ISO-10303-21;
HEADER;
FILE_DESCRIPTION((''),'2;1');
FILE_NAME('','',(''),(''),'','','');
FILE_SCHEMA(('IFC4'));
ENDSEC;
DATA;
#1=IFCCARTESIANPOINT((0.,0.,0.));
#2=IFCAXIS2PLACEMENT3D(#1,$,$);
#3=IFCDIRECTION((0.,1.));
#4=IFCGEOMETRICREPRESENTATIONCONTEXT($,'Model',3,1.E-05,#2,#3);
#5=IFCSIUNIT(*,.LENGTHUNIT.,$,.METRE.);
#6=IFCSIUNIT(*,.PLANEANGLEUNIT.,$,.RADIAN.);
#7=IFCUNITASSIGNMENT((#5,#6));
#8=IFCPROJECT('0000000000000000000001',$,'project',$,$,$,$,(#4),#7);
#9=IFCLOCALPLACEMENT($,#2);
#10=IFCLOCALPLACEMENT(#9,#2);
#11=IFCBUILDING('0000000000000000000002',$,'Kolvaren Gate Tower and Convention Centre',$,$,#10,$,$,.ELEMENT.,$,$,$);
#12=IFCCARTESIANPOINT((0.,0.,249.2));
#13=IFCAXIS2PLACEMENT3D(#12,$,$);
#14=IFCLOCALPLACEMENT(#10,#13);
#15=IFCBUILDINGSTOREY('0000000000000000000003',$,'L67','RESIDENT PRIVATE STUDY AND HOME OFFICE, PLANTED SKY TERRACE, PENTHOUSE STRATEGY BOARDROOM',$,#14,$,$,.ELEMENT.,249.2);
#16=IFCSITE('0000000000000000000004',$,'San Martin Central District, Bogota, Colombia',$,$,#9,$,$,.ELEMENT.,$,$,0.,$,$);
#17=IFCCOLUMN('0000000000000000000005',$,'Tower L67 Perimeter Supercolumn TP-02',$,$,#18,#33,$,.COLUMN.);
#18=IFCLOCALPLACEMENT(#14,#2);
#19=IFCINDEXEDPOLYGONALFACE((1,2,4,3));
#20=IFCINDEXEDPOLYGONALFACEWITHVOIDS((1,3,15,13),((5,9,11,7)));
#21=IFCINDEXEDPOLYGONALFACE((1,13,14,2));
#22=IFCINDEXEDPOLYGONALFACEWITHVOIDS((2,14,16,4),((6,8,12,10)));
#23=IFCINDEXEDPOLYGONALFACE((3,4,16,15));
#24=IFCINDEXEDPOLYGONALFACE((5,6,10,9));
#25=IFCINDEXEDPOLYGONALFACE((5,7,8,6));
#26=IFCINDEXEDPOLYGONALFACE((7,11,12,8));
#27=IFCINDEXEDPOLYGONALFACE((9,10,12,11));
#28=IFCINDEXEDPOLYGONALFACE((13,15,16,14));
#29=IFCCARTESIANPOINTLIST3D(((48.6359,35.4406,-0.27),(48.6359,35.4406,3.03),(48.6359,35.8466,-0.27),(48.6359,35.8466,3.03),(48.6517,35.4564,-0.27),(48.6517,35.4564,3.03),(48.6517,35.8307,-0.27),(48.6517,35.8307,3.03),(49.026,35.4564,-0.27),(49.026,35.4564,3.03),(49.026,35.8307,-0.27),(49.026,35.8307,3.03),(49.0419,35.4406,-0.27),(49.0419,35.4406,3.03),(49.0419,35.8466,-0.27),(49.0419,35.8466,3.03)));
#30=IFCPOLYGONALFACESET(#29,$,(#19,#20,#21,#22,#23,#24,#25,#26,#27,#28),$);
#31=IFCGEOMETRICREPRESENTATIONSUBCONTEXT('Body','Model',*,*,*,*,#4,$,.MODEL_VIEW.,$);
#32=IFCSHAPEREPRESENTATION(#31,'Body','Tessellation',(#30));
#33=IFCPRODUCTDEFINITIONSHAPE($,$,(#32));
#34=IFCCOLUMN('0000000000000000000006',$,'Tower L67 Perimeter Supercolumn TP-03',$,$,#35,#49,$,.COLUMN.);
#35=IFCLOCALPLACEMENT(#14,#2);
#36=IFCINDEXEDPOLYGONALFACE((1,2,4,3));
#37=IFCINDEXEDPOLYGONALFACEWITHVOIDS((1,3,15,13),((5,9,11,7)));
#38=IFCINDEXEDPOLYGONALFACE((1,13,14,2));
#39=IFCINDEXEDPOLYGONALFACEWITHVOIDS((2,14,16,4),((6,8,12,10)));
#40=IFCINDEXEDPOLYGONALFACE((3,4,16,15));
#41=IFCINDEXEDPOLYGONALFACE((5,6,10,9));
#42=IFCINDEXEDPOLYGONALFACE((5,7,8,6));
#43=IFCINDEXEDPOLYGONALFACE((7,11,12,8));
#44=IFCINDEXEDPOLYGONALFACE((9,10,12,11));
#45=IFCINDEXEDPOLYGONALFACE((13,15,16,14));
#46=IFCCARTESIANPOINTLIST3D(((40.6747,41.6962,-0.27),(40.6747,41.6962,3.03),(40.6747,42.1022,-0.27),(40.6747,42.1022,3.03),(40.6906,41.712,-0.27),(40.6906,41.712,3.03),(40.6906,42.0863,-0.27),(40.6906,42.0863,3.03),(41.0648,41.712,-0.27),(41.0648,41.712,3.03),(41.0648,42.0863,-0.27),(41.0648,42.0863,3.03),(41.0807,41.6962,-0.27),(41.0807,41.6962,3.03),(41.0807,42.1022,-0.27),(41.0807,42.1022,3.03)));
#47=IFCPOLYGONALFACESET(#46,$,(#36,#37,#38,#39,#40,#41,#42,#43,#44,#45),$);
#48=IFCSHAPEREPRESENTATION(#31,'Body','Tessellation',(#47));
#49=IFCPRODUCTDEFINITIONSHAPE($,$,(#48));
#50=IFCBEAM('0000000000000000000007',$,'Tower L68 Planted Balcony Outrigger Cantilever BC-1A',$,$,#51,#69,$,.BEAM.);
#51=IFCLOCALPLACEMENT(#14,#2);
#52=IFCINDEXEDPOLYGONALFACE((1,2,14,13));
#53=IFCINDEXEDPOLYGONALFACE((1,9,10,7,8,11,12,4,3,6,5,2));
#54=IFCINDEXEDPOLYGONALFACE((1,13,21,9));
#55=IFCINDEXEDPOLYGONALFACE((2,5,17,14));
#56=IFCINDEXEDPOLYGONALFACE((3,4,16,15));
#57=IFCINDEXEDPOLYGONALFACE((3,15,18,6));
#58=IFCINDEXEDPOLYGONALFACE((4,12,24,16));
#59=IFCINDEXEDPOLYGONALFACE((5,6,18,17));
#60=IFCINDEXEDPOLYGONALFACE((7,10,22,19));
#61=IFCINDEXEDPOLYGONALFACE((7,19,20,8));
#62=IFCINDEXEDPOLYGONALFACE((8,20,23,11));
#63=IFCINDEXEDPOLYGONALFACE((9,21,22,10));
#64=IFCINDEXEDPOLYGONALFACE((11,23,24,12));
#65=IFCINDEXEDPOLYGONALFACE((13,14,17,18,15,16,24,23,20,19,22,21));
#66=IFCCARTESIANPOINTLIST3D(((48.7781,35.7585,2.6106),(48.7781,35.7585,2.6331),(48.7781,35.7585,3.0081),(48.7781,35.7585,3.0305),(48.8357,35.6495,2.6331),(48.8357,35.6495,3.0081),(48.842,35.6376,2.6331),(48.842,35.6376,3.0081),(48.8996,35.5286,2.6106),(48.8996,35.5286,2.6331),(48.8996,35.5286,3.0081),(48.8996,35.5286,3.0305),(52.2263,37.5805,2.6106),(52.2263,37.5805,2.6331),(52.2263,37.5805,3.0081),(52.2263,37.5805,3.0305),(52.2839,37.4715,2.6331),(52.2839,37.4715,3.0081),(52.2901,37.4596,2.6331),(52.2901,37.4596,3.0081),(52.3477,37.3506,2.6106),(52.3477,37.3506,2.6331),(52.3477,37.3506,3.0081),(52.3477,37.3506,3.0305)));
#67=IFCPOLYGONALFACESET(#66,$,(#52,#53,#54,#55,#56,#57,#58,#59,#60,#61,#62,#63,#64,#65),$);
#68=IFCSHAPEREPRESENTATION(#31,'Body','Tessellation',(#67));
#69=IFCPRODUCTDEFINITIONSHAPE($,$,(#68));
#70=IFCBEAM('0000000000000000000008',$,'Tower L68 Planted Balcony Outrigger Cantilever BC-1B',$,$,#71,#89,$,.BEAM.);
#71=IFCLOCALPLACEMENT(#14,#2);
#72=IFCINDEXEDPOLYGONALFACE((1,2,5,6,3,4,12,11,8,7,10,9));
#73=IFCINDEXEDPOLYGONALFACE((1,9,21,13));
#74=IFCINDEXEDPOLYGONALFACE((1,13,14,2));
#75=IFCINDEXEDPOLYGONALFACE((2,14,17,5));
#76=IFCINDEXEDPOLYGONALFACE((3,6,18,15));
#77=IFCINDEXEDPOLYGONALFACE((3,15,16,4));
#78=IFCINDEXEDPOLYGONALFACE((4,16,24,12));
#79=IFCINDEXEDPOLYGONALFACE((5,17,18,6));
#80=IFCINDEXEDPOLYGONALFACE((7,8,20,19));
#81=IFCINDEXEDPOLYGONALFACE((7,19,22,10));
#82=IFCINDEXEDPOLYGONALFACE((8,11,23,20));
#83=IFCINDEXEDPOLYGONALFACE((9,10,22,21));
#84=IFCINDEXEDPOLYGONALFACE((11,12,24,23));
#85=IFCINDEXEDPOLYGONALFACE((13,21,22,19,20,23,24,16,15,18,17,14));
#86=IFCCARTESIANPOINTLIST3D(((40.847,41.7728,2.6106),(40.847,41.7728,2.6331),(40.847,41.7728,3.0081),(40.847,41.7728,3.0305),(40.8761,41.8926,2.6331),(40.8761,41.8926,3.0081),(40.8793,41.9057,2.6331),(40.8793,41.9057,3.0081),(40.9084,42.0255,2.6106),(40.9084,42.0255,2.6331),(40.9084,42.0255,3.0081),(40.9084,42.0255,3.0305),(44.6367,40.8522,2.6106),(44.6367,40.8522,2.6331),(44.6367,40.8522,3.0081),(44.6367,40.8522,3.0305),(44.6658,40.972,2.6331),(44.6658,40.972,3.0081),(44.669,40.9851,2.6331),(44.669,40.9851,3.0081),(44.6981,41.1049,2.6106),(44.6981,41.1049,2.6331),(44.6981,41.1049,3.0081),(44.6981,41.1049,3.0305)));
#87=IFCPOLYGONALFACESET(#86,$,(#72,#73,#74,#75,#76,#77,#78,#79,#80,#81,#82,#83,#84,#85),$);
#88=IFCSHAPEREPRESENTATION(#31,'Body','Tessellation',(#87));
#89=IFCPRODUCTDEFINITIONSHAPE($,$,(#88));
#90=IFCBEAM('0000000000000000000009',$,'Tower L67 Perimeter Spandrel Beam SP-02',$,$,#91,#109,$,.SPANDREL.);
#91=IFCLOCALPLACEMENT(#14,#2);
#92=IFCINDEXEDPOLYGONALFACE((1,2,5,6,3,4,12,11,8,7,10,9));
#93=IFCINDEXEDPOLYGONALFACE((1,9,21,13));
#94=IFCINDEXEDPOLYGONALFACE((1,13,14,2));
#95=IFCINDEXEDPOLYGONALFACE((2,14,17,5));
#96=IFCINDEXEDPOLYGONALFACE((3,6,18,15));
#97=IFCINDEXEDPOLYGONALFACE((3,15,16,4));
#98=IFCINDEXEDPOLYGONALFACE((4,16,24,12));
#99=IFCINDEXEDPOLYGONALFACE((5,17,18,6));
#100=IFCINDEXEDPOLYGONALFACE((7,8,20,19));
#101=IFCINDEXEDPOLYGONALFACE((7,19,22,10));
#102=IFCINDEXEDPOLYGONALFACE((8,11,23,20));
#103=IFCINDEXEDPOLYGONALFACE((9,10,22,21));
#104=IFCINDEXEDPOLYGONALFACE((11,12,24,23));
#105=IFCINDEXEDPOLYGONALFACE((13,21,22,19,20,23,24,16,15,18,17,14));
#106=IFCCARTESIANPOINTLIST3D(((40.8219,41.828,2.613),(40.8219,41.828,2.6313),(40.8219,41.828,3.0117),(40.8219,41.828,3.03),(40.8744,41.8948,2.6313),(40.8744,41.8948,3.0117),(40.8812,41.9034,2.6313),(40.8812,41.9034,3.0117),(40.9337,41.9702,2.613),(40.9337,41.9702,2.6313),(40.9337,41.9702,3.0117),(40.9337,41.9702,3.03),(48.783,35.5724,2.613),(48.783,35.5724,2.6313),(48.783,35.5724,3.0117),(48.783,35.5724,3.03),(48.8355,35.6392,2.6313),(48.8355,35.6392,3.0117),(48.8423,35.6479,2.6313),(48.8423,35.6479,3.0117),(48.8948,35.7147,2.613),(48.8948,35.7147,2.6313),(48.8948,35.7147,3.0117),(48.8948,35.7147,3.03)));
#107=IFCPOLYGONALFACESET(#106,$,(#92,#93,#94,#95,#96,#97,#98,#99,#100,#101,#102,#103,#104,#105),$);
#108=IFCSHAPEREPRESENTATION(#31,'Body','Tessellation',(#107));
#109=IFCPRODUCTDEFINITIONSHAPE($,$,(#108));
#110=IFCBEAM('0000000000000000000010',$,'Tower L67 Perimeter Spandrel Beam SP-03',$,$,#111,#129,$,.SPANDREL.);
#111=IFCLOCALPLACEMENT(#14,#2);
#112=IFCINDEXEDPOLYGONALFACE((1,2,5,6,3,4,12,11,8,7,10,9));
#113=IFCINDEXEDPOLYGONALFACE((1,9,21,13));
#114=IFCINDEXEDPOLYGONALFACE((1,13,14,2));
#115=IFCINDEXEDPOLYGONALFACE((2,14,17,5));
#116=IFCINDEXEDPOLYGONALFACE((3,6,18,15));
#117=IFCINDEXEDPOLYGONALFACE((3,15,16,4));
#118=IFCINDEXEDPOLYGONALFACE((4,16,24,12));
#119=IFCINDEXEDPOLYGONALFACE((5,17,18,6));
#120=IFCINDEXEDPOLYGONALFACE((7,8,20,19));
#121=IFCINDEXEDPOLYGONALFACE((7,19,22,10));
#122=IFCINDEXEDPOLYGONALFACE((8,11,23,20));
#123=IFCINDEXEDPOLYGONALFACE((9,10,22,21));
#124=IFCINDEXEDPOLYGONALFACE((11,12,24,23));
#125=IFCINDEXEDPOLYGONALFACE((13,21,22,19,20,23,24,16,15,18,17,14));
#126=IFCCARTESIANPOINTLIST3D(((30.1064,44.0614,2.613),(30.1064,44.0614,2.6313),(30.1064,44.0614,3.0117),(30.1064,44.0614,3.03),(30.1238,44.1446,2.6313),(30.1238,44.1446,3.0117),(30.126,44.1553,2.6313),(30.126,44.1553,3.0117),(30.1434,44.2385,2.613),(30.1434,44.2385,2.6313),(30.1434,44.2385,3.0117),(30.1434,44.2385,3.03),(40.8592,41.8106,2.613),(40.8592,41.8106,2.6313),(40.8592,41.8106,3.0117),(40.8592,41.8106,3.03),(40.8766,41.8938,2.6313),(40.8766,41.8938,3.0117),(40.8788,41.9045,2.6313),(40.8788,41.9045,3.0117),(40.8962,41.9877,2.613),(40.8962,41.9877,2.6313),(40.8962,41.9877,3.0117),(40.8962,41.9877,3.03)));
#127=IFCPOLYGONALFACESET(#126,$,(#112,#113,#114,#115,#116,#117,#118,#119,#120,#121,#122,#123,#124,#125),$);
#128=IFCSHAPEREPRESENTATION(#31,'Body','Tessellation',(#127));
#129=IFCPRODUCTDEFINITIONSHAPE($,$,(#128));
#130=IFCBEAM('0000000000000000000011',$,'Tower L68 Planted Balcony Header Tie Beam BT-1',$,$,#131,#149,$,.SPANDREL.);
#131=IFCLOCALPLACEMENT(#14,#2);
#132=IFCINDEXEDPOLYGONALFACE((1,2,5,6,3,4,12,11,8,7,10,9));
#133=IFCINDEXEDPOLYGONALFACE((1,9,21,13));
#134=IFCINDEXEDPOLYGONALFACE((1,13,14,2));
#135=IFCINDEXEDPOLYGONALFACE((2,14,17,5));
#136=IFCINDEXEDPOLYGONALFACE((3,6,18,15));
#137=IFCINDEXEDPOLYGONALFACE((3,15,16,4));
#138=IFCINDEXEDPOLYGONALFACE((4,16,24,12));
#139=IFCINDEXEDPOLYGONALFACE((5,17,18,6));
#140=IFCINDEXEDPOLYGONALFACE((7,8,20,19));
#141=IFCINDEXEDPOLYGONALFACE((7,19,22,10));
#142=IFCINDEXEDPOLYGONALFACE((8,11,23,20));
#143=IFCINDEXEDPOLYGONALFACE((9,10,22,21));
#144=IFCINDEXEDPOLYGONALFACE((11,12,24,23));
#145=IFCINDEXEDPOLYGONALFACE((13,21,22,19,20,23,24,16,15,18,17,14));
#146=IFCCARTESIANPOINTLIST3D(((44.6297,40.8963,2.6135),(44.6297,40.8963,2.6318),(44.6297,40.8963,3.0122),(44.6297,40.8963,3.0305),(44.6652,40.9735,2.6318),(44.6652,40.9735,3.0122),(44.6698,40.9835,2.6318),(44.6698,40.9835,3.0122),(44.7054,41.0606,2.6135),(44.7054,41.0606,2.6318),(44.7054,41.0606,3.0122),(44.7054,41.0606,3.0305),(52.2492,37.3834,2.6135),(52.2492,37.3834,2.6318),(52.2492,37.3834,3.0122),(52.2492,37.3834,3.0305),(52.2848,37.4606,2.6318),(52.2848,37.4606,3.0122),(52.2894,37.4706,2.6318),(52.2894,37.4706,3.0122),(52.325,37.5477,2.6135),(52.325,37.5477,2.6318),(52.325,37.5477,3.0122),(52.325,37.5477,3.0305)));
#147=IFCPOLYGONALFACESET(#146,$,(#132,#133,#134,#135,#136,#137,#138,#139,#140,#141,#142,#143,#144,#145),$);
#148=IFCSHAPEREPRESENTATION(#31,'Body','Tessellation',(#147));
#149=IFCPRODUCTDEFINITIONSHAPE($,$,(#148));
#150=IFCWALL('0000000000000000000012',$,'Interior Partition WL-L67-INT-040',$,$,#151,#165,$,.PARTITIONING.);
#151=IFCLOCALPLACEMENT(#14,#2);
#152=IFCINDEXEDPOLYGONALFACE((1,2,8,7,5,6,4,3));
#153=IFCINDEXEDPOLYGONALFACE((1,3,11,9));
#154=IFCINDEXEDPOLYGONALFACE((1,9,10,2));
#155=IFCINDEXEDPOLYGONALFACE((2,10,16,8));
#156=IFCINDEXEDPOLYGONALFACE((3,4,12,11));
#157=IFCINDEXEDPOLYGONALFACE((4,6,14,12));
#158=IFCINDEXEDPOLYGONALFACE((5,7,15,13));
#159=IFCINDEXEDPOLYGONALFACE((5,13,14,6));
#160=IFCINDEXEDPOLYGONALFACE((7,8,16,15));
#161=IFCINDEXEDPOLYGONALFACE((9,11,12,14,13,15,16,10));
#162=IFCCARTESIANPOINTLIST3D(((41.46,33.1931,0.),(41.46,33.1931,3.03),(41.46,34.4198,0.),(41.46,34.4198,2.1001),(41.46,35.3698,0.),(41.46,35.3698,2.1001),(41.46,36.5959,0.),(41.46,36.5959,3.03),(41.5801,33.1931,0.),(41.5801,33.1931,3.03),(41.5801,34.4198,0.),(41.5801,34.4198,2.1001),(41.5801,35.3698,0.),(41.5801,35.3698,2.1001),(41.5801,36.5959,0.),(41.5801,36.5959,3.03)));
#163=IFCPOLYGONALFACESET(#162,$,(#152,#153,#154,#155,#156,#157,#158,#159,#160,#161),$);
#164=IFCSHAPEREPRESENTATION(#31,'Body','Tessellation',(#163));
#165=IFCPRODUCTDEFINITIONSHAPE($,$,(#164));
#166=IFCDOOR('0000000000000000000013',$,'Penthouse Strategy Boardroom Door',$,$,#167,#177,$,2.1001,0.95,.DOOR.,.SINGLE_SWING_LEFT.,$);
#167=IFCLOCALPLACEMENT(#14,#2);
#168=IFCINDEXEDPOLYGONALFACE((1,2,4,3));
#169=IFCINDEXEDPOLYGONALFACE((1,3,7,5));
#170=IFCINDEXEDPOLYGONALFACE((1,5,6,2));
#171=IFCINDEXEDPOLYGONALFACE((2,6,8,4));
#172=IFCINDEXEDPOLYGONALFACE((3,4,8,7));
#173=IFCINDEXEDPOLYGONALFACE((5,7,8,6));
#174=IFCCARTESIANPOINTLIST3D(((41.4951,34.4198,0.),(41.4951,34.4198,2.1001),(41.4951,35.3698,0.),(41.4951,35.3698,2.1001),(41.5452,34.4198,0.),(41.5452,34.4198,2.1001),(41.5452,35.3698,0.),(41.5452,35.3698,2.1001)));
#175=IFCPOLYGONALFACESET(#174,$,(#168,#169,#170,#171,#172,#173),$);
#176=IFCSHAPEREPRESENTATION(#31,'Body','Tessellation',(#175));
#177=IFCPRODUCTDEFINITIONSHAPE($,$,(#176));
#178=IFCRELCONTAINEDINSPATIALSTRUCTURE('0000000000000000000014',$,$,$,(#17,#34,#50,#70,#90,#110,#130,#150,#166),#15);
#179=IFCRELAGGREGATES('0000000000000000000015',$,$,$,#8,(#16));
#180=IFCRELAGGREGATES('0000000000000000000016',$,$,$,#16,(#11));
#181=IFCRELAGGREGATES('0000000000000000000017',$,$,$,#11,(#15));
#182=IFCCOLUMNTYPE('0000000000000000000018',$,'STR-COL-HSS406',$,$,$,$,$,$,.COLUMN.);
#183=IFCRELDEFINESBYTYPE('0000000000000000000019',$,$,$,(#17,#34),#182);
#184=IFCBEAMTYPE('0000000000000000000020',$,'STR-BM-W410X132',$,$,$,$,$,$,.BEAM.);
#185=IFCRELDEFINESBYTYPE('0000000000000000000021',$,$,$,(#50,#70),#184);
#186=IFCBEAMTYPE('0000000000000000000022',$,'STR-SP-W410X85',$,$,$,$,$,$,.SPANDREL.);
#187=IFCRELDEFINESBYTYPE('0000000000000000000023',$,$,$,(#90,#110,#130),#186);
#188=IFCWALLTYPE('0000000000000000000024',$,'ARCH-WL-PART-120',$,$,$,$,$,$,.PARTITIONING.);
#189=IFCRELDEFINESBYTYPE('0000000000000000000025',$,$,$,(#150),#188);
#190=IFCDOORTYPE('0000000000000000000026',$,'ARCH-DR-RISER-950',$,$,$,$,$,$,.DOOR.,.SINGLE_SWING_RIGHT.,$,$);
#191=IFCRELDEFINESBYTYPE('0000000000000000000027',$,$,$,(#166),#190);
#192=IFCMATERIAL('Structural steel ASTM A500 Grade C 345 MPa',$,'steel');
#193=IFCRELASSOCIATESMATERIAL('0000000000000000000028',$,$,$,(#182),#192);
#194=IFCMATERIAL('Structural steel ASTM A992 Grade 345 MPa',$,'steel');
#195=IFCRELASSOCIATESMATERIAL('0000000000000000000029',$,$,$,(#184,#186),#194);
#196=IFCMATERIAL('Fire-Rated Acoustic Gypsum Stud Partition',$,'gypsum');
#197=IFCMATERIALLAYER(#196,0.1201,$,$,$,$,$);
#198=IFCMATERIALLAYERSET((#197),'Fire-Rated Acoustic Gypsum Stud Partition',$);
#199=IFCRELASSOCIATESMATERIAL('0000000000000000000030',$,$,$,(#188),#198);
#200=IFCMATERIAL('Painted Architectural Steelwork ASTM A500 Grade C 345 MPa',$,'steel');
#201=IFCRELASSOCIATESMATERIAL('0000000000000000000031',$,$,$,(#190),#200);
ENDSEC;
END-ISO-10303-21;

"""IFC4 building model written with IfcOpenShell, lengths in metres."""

from ifc_helpers import new_model, si_unit, direction, frame, frame_2d, origin, origin_2d, place, context, subcontext, project, spatial, rectangle, hollow_rectangle, i_section, extrude, material, layer, layer_set, material_profile, profile_set, type_object, element, fill, save


model = new_model("IFC4")

# Units and contexts
model_context = context("Model", 3, precision=1e-05, world=origin(), true_north=direction((0.0, 1.0)))
body_context = subcontext(model_context, "Body", "Model", "MODEL_VIEW")
ifc_project = project(units=[si_unit("LENGTHUNIT", "METRE"), si_unit("PLANEANGLEUNIT", "RADIAN")], contexts=[model_context])

# Site, building, storey
site_placement = place(None, origin())
site = spatial("IfcSite", under=ifc_project, at=site_placement, Name="San Martin Central District, Bogota, Colombia", CompositionType="ELEMENT", RefElevation=0.0)
building_placement = place(site_placement, origin())
building = spatial("IfcBuilding", under=site, at=building_placement, Name="Kolvaren Gate Tower and Convention Centre", CompositionType="ELEMENT")
storey_placement = place(building_placement, frame((0.0, 0.0, 249.2)))
storey = spatial("IfcBuildingStorey", under=building, at=storey_placement, Name="L67", Description="RESIDENT PRIVATE STUDY AND HOME OFFICE, PLANTED SKY TERRACE, PENTHOUSE STRATEGY BOARDROOM", CompositionType="ELEMENT", Elevation=249.2)

# Columns
ifc_material_1 = material(Name="Structural steel ASTM A500 Grade C 345 MPa", Category="steel")
ifc_material_profile_1 = material_profile(ifc_material_1, hollow_rectangle(XDim=0.406, YDim=0.406, WallThickness=0.0159, at=origin_2d()), Name="HSS406X406X15.9")
ifc_profile_set_1 = profile_set([ifc_material_profile_1], Name="Structural steel ASTM A500 Grade C 345 MPa")
column_type = type_object("IfcColumnType", Name="STR-COL-HSS406", PredefinedType="COLUMN", material=ifc_profile_set_1)
for number, where, z_axis, x_axis, name in (
    (1, (48.8389, 35.6436, -0.27), (0.0, 0.0, 1.0), (1.0, 0.0, 0.0), "Tower L67 Perimeter Supercolumn TP-02"),
    (2, (40.8777, 41.8992, -0.27), (0.0, 0.0, 1.0), (1.0, 0.0, 0.0), "Tower L67 Perimeter Supercolumn TP-03"),
):
    element("IfcColumn", number, at=place(storey_placement, frame(where, z_axis=z_axis, x_axis=x_axis)), inside=storey, type_object=column_type, Name=name, PredefinedType="COLUMN", context=body_context, shape_type="SweptSolid", body=[
        extrude(hollow_rectangle(XDim=0.406, YDim=0.406, WallThickness=0.0159, at=origin_2d()), origin(), (0.0, 0.0, 1.0), 3.3),
    ])

# Beams
ifc_material_2 = material(Name="Structural steel ASTM A992 Grade 345 MPa", Category="steel")
ifc_material_profile_2 = material_profile(ifc_material_2, i_section(OverallWidth=0.26, OverallDepth=0.4199, WebThickness=0.0134, FlangeThickness=0.0225, at=origin_2d()), Name="W410X132")
ifc_profile_set_2 = profile_set([ifc_material_profile_2], Name="Structural steel ASTM A992 Grade 345 MPa")
beam_type_1 = type_object("IfcBeamType", Name="STR-BM-W410X132", PredefinedType="BEAM", material=ifc_profile_set_2)
for number, where, z_axis, x_axis, name in (
    (3, (48.8389, 35.6436, 2.8206), (0.884161, 0.467183, 0.0), (-0.467183, 0.884161, 0.0), "Tower L68 Planted Balcony Outrigger Cantilever BC-1A"),
    (4, (40.8777, 41.8992, 2.8206), (0.971737, -0.236064, 0.0), (0.236064, 0.971737, 0.0), "Tower L68 Planted Balcony Outrigger Cantilever BC-1B"),
):
    element("IfcBeam", number, at=place(storey_placement, frame(where, z_axis=z_axis, x_axis=x_axis)), inside=storey, type_object=beam_type_1, Name=name, PredefinedType="BEAM", context=body_context, shape_type="SweptSolid", body=[
        extrude(i_section(OverallWidth=0.26, OverallDepth=0.4199, WebThickness=0.0134, FlangeThickness=0.0225, at=origin_2d()), origin(), (0.0, 0.0, 1.0), 3.8999),
    ])
ifc_material_profile_3 = material_profile(ifc_material_2, i_section(OverallWidth=0.1809, OverallDepth=0.417, WebThickness=0.011, FlangeThickness=0.0183, at=origin_2d()), Name="W410X85")
ifc_profile_set_3 = profile_set([ifc_material_profile_3], Name="Structural steel ASTM A992 Grade 345 MPa")
beam_type_2 = type_object("IfcBeamType", Name="STR-SP-W410X85", PredefinedType="SPANDREL", material=ifc_profile_set_3)
beam_1_placement = place(storey_placement, frame((48.8389, 35.6436, 2.8215), z_axis=(-0.786299, 0.617846, 0.0), x_axis=(-0.617846, -0.786299, 0.0)))
element("IfcBeam", 5, at=beam_1_placement, inside=storey, type_object=beam_type_2, Name="Tower L67 Perimeter Spandrel Beam SP-02", PredefinedType="SPANDREL", context=body_context, shape_type="SweptSolid", body=[
    extrude(i_section(OverallWidth=0.1809, OverallDepth=0.417, WebThickness=0.011, FlangeThickness=0.0183, at=origin_2d()), origin(), (0.0, 0.0, 1.0), 10.1248),
])
beam_2_placement = place(storey_placement, frame((40.8777, 41.8992, 2.8215), z_axis=(-0.978788, 0.204878, 0.0), x_axis=(-0.204878, -0.978788, 0.0)))
element("IfcBeam", 6, at=beam_2_placement, inside=storey, type_object=beam_type_2, Name="Tower L67 Perimeter Spandrel Beam SP-03", PredefinedType="SPANDREL", context=body_context, shape_type="SweptSolid", body=[
    extrude(i_section(OverallWidth=0.1809, OverallDepth=0.417, WebThickness=0.011, FlangeThickness=0.0183, at=origin_2d()), origin(), (0.0, 0.0, 1.0), 10.9858),
])
beam_3_placement = place(storey_placement, frame((52.2871, 37.4656, 2.822), z_axis=(-0.908132, 0.418684, 0.0), x_axis=(-0.418684, -0.908132, 0.0)))
element("IfcBeam", 7, at=beam_3_placement, inside=storey, type_object=beam_type_2, Name="Tower L68 Planted Balcony Header Tie Beam BT-1", PredefinedType="SPANDREL", context=body_context, shape_type="SweptSolid", body=[
    extrude(i_section(OverallWidth=0.1809, OverallDepth=0.417, WebThickness=0.011, FlangeThickness=0.0183, at=origin_2d()), origin(), (0.0, 0.0, 1.0), 8.3904),
])

# Wall, opening, door
ifc_material_3 = material(Name="Fire-Rated Acoustic Gypsum Stud Partition", Category="gypsum")
ifc_layer_1 = layer(ifc_material_3, 0.1201)
ifc_layer_set_1 = layer_set([ifc_layer_1], Name="Fire-Rated Acoustic Gypsum Stud Partition")
wall_type_1 = type_object("IfcWallType", Name="ARCH-WL-PART-120", PredefinedType="PARTITIONING", material=ifc_layer_set_1)
wall_1_placement = place(storey_placement, frame((41.52, 33.1931, 0.0), z_axis=(0.0, 0.0, 1.0), x_axis=(0.0, 1.0, 0.0)))
wall_1 = element("IfcWall", 8, at=wall_1_placement, inside=storey, type_object=wall_type_1, Name="Interior Partition WL-L67-INT-040", PredefinedType="PARTITIONING", context=body_context, shape_type="SweptSolid", body=[
    extrude(rectangle(XDim=3.4028, YDim=0.1201, at=frame_2d((1.7014, 0.0))), origin(), (0.0, 0.0, 1.0), 3.03),
])
opening_1_placement = place(wall_1_placement, frame((1.2266, 0.0, 0.0)))
opening_1 = element("IfcOpeningElement", 9, at=opening_1_placement, cuts=wall_1, PredefinedType="OPENING", context=body_context, shape_type="SweptSolid", body=[
    extrude(rectangle(XDim=0.95, YDim=2.1001, at=frame_2d((0.4751, 1.05))), frame((0.0, 0.0701, 0.0), z_axis=(0.0, -1.0, 0.0), x_axis=(1.0, 0.0, 0.0)), (0.0, 0.0, 1.0), 0.1401),
])
ifc_material_4 = material(Name="Painted Architectural Steelwork ASTM A500 Grade C 345 MPa", Category="steel")
door_type_1 = type_object("IfcDoorType", Name="ARCH-DR-RISER-950", OperationType="SINGLE_SWING_RIGHT", PredefinedType="DOOR", material=ifc_material_4)
door_1_placement = place(opening_1_placement, origin())
door_1 = element("IfcDoor", 10, at=door_1_placement, inside=storey, type_object=door_type_1, Name="Penthouse Strategy Boardroom Door", OperationType="SINGLE_SWING_LEFT", OverallHeight=2.1001, OverallWidth=0.95, PredefinedType="DOOR", context=body_context, shape_type="SweptSolid", body=[
    extrude(rectangle(XDim=0.95, YDim=2.1001, at=frame_2d((0.4751, 1.05))), frame((0.0, 0.0249, 0.0), z_axis=(0.0, -1.0, 0.0), x_axis=(1.0, 0.0, 0.0)), (0.0, 0.0, 1.0), 0.05),
])
fill(opening_1, door_1)

save(model, "model.ifc")
